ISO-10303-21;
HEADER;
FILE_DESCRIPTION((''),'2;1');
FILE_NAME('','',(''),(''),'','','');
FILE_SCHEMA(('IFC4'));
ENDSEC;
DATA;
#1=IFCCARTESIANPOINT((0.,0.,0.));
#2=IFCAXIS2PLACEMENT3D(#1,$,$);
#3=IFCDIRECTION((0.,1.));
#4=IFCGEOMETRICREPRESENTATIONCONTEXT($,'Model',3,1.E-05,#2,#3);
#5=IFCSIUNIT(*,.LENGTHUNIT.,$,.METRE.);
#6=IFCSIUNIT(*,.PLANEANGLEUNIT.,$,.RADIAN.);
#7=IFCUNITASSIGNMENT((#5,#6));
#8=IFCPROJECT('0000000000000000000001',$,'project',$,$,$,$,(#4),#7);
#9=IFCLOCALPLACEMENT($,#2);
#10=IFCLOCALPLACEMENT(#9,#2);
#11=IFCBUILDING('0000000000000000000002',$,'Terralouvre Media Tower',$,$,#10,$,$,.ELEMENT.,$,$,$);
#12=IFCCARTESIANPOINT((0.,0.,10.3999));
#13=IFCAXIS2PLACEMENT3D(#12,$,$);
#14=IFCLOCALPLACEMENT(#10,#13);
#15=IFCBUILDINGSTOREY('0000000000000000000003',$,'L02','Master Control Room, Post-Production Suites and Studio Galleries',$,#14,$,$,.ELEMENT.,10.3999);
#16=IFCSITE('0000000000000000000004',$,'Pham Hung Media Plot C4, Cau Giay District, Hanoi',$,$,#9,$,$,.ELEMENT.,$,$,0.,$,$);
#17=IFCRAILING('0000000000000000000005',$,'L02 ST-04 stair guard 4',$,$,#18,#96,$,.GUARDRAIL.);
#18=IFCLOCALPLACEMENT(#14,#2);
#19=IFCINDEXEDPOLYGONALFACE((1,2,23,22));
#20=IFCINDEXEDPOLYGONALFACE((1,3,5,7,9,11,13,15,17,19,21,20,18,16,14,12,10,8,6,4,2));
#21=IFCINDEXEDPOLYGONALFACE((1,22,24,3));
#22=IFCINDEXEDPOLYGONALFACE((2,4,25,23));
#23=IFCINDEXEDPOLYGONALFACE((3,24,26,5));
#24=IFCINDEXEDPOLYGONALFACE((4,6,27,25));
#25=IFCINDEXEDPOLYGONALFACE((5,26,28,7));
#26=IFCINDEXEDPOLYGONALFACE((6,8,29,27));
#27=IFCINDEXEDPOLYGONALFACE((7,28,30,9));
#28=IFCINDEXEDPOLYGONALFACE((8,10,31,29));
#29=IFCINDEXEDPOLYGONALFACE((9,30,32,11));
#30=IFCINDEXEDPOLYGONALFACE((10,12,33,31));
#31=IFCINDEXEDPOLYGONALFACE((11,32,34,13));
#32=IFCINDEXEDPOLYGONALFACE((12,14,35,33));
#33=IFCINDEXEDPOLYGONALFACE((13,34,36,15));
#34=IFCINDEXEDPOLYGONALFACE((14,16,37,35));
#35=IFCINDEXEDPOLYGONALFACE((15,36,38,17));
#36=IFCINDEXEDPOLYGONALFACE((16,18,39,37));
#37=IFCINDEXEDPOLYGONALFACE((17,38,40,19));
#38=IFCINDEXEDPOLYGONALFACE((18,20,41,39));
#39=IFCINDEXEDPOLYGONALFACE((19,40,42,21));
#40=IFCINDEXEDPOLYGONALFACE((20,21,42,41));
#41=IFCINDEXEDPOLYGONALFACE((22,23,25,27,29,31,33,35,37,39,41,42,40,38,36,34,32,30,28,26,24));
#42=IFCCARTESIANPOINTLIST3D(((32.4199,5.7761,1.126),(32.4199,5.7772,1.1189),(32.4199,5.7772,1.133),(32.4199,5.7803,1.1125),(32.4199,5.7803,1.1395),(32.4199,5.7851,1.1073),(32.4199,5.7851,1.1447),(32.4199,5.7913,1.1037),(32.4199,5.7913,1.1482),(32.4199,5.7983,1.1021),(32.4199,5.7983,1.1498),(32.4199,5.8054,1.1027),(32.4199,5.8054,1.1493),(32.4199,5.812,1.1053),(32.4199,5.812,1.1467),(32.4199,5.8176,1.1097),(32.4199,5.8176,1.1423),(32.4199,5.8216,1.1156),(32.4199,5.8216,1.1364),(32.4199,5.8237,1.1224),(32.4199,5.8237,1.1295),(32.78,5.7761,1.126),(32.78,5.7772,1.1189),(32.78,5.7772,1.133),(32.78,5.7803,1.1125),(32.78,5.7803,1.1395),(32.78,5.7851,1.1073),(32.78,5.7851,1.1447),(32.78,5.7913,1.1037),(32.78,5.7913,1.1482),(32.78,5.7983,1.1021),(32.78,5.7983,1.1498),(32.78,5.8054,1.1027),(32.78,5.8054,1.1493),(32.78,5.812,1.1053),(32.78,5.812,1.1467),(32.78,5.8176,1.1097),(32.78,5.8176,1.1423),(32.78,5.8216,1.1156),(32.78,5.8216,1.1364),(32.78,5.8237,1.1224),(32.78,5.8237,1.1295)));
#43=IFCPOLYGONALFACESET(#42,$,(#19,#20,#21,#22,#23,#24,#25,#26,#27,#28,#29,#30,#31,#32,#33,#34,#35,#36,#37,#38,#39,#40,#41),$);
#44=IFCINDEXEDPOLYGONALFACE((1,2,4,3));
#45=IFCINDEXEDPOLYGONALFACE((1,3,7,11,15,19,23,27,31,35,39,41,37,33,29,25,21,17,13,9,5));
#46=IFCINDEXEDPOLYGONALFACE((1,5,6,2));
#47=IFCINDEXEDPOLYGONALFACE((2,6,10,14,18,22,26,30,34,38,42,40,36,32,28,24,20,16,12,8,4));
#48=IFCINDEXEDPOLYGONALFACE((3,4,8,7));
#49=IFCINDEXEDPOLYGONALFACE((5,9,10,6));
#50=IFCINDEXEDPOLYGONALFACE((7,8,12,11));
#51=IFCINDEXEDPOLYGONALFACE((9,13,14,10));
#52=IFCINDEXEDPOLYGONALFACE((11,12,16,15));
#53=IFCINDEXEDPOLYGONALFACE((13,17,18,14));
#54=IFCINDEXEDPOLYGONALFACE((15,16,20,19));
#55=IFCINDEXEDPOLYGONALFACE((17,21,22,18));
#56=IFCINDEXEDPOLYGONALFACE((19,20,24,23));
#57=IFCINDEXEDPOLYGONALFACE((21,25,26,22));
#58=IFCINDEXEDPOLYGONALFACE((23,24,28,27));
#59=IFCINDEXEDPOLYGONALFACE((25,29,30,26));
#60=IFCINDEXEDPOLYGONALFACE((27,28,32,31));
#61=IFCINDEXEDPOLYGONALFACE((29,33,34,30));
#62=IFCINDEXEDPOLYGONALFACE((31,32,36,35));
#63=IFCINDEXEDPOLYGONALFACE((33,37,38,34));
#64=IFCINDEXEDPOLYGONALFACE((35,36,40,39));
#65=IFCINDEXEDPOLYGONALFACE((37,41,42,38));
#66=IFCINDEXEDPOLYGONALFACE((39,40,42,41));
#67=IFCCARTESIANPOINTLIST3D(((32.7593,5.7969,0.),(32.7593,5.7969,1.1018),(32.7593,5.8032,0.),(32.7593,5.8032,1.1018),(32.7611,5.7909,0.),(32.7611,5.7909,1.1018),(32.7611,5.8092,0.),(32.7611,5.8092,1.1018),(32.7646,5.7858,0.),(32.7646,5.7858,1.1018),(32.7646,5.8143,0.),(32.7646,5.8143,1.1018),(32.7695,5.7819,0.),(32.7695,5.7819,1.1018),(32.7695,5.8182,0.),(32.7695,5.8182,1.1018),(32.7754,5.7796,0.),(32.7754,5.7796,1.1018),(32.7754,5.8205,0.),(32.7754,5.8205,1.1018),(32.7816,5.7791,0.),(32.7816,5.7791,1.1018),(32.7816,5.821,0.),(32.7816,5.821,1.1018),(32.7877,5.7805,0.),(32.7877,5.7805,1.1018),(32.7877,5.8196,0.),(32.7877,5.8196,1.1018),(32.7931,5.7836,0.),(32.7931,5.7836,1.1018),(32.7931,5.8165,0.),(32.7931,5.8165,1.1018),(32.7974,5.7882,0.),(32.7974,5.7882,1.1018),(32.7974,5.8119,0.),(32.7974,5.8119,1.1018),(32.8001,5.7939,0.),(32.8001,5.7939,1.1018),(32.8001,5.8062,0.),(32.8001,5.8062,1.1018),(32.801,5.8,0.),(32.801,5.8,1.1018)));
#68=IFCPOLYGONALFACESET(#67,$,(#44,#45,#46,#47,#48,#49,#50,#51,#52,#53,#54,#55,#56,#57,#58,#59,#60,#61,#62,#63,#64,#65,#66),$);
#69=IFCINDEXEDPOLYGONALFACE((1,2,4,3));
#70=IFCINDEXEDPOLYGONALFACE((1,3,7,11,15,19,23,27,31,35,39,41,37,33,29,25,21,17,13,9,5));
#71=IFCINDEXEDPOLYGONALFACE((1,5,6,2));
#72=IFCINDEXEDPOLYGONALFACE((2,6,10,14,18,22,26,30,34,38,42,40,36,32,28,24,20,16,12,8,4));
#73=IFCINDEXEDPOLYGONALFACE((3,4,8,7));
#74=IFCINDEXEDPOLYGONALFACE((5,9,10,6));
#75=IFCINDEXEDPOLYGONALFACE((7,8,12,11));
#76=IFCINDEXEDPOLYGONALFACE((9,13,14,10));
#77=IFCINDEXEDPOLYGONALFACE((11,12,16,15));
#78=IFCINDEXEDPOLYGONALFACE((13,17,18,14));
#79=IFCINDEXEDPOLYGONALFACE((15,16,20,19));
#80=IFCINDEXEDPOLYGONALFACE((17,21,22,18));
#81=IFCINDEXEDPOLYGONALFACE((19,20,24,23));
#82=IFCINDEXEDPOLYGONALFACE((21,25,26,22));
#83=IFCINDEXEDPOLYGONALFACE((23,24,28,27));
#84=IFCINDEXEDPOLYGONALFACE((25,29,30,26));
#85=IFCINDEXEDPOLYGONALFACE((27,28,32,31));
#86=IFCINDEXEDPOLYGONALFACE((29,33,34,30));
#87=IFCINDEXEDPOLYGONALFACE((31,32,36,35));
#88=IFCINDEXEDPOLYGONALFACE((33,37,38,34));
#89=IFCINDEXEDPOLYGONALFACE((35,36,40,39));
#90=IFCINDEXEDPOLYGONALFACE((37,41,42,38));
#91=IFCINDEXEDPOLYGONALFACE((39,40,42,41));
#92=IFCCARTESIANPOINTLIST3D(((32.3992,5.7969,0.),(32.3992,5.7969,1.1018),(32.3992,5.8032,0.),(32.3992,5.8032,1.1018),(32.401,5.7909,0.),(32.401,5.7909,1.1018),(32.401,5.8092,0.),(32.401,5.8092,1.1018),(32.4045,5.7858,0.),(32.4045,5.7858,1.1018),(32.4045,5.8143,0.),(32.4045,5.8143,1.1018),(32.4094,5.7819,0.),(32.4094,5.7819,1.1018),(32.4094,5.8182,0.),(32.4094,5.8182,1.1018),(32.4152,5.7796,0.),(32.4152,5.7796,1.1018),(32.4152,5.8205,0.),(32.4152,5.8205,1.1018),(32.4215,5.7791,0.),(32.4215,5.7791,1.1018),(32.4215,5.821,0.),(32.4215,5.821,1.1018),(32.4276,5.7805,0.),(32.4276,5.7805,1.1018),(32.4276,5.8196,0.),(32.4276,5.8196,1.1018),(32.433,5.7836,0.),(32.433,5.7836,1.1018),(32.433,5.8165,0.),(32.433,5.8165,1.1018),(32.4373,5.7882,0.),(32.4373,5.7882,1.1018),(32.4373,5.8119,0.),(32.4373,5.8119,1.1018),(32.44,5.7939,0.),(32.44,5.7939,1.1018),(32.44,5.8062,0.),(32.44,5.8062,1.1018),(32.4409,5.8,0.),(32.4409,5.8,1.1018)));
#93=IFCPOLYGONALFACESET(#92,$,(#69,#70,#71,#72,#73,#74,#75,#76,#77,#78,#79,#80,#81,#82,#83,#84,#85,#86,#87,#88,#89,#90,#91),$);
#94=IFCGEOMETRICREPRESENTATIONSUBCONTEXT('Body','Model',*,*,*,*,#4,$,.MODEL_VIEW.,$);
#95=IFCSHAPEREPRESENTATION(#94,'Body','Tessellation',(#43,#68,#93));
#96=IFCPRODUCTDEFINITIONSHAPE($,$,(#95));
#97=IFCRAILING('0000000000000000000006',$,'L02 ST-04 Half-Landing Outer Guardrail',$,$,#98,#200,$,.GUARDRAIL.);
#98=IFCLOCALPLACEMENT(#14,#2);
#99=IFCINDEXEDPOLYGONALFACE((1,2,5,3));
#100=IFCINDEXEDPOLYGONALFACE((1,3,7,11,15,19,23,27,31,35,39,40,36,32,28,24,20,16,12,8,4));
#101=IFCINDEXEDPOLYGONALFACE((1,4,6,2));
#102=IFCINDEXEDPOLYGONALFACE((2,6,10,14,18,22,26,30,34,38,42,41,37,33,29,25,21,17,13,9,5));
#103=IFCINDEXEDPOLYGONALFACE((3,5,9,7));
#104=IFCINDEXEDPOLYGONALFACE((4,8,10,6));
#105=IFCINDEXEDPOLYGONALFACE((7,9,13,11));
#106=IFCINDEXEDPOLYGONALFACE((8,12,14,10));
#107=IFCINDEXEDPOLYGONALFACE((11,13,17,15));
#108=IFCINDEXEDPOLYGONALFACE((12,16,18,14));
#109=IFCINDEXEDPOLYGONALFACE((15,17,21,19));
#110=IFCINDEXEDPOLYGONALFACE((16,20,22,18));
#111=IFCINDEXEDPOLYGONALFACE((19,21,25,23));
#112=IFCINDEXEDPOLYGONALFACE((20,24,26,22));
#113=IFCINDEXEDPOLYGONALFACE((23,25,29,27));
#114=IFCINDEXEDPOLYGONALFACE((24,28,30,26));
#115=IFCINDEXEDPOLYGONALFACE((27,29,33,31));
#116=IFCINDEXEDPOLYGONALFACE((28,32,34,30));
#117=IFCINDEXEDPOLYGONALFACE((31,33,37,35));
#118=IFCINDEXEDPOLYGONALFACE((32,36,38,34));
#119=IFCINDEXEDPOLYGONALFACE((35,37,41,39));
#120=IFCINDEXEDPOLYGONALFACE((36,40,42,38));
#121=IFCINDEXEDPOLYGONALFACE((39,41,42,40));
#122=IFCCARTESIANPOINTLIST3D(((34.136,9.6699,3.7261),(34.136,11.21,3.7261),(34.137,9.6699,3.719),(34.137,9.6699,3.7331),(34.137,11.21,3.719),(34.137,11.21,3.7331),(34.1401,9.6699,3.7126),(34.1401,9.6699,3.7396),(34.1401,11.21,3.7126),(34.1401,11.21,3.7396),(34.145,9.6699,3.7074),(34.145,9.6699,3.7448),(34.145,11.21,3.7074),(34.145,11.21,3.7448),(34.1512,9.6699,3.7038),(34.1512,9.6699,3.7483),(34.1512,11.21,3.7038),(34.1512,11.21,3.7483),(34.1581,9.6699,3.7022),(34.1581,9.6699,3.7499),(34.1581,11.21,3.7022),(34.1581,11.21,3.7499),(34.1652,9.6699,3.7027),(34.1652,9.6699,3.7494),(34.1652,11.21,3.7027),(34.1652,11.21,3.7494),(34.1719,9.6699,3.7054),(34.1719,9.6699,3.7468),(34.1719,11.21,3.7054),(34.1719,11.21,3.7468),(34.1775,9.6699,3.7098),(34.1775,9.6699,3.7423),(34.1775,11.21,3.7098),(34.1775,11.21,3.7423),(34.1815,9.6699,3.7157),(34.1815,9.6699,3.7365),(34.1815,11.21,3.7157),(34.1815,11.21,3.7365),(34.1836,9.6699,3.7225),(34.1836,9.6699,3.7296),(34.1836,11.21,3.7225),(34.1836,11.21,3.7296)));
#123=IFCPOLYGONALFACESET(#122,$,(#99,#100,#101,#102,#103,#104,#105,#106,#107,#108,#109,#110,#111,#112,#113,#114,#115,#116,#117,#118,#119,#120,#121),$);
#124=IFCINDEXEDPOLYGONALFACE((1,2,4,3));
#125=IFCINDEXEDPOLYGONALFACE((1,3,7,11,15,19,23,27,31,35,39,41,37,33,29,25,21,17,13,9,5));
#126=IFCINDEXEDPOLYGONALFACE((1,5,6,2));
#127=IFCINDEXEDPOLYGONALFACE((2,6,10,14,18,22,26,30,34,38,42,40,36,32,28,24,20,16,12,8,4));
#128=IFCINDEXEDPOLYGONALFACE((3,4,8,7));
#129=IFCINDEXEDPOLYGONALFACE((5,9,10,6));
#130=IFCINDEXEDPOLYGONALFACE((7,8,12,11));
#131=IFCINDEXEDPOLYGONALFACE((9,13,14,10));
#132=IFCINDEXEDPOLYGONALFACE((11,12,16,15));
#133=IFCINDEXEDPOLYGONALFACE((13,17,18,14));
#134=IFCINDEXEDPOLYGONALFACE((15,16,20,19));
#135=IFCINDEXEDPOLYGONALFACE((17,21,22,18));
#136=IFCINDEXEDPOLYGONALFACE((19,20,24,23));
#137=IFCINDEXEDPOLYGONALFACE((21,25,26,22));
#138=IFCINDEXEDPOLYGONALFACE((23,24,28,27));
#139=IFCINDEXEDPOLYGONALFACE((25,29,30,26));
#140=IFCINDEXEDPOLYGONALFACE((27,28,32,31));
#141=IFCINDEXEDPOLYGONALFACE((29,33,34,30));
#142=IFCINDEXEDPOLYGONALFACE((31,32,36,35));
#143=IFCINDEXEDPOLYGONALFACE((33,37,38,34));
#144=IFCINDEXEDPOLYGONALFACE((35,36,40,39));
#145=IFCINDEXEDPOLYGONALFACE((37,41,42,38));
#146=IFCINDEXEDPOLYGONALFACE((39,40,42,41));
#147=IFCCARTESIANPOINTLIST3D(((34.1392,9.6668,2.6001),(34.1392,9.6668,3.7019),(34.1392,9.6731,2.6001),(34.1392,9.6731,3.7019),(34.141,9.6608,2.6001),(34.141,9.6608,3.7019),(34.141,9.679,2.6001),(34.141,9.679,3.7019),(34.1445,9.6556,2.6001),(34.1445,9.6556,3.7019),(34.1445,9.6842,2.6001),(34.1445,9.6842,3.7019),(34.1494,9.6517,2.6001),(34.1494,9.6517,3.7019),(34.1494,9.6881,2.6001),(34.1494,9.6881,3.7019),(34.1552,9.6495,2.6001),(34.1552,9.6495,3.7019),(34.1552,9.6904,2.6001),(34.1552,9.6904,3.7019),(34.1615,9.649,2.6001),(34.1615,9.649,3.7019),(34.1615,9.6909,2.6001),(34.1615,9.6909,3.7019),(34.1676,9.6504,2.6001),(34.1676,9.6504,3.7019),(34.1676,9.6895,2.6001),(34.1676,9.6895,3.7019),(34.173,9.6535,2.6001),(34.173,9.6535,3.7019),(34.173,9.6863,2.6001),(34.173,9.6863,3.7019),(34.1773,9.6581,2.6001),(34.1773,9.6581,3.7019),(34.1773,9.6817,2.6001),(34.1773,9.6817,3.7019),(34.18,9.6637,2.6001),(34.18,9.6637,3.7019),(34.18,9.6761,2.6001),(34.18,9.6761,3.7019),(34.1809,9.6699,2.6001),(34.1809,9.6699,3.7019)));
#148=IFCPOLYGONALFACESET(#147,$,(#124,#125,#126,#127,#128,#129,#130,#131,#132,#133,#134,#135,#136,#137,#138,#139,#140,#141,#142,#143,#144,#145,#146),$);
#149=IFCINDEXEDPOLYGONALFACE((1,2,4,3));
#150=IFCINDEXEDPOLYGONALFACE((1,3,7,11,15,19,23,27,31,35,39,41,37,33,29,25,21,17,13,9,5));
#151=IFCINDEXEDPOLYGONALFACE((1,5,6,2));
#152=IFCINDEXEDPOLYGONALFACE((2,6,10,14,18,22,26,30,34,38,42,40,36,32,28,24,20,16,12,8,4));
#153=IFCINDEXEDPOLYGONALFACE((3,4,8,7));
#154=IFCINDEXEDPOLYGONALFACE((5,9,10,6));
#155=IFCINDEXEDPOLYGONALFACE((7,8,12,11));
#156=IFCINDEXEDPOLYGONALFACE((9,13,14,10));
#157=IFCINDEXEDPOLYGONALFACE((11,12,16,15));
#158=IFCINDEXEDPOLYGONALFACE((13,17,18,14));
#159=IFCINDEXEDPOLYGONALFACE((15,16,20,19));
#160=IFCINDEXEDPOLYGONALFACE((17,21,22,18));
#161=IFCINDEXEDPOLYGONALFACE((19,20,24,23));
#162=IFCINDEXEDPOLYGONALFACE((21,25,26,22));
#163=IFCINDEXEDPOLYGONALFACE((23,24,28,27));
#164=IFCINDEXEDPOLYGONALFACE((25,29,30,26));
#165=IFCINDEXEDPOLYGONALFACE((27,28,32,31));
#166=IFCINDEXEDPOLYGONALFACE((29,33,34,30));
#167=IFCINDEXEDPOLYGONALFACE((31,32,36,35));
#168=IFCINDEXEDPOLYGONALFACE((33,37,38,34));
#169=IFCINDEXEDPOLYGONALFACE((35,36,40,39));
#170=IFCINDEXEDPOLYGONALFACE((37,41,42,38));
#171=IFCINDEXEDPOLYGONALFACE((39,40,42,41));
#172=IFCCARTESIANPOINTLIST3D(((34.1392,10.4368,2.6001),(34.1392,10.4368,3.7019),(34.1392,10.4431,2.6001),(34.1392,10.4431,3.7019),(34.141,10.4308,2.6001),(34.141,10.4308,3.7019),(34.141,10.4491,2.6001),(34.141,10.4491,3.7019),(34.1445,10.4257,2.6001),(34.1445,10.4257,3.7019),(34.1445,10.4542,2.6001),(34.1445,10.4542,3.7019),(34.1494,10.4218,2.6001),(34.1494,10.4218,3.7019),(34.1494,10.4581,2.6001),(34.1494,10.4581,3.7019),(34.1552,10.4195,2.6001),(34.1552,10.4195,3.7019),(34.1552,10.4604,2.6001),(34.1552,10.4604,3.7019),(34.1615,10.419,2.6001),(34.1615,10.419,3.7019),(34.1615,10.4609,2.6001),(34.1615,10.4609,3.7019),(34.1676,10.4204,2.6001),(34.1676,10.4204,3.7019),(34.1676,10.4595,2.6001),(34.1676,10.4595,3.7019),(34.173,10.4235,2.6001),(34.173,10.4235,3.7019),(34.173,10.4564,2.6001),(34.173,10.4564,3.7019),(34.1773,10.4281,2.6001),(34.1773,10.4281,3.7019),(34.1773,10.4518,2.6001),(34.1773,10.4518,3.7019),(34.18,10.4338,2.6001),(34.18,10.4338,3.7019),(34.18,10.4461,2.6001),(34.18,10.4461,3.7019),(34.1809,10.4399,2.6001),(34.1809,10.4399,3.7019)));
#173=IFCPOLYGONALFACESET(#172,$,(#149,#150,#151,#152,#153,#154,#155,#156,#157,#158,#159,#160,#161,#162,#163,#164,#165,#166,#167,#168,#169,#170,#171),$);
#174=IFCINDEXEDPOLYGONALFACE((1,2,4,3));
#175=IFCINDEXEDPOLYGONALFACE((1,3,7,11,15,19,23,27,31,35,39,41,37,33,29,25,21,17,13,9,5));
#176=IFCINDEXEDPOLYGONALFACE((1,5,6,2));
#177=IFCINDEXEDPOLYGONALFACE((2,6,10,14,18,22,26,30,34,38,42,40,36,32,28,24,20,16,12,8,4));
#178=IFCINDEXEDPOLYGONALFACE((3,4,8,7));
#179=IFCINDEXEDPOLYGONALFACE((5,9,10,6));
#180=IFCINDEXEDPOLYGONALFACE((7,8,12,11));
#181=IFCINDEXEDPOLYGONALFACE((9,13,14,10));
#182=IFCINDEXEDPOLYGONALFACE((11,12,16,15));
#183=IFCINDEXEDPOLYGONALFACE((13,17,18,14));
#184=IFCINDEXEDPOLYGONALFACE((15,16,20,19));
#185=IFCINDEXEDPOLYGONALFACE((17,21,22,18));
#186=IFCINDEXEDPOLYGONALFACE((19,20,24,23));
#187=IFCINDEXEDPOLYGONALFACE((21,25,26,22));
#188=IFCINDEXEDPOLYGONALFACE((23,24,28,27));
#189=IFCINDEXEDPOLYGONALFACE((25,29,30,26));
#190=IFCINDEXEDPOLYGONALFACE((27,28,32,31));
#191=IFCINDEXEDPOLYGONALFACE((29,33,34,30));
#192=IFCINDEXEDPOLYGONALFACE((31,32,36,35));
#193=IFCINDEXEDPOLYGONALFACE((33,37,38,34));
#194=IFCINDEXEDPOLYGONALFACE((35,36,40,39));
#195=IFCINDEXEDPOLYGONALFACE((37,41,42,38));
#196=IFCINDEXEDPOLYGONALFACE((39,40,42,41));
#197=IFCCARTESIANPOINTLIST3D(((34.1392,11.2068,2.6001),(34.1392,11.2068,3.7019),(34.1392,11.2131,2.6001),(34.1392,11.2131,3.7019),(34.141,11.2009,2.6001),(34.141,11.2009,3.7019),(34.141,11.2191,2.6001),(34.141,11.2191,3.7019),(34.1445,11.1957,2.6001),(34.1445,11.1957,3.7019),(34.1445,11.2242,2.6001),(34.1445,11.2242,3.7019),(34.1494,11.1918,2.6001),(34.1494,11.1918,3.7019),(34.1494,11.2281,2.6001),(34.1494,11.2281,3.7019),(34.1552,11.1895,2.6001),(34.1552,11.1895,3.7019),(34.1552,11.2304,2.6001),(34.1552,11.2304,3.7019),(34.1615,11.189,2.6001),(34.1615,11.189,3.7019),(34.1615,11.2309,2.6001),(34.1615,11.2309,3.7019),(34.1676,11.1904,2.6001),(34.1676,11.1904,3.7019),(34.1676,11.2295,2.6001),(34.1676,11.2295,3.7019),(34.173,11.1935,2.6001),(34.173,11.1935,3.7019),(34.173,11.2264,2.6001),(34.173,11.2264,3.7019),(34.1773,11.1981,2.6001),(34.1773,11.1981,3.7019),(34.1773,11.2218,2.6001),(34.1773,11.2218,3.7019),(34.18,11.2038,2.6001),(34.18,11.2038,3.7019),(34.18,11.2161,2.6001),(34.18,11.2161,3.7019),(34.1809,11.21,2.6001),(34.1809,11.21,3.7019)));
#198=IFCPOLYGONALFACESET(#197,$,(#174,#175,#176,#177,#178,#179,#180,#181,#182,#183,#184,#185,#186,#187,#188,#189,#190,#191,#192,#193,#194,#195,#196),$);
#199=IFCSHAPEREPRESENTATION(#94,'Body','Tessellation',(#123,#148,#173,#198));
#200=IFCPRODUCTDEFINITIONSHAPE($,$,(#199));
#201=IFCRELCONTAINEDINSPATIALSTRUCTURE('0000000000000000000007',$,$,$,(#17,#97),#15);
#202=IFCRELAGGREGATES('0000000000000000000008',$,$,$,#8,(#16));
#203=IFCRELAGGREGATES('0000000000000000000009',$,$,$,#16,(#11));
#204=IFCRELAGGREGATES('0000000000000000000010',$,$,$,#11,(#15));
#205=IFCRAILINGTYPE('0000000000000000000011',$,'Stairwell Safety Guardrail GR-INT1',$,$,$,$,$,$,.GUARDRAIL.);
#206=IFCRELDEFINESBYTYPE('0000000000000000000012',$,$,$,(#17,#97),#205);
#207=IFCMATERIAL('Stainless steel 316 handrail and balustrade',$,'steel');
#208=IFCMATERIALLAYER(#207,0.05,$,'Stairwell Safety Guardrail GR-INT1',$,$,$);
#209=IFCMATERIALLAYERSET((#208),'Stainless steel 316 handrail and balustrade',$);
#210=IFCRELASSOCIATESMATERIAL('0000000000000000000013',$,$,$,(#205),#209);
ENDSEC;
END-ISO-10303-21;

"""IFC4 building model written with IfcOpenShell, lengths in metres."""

from ifc_helpers import new_model, si_unit, direction, frame, origin, origin_2d, place, context, subcontext, project, spatial, circle, extrude, material, layer, layer_set, type_object, element, save


model = new_model("IFC4")

# Units and contexts
model_context = context("Model", 3, precision=1e-05, world=origin(), true_north=direction((0.0, 1.0)))
body_context = subcontext(model_context, "Body", "Model", "MODEL_VIEW")
ifc_project = project(units=[si_unit("LENGTHUNIT", "METRE"), si_unit("PLANEANGLEUNIT", "RADIAN")], contexts=[model_context])

# Site, building, storey
site_placement = place(None, origin())
site = spatial("IfcSite", under=ifc_project, at=site_placement, Name="Pham Hung Media Plot C4, Cau Giay District, Hanoi", CompositionType="ELEMENT", RefElevation=0.0)
building_placement = place(site_placement, origin())
building = spatial("IfcBuilding", under=site, at=building_placement, Name="Terralouvre Media Tower", CompositionType="ELEMENT")
storey_placement = place(building_placement, frame((0.0, 0.0, 10.3999)))
storey = spatial("IfcBuildingStorey", under=building, at=storey_placement, Name="L02", Description="Master Control Room, Post-Production Suites and Studio Galleries", CompositionType="ELEMENT", Elevation=10.3999)

# Railings
ifc_material_1 = material(Name="Stainless steel 316 handrail and balustrade", Category="steel")
ifc_layer_1 = layer(ifc_material_1, 0.05, Name="Stairwell Safety Guardrail GR-INT1")
ifc_layer_set_1 = layer_set([ifc_layer_1], Name="Stainless steel 316 handrail and balustrade")
railing_type_1 = type_object("IfcRailingType", Name="Stairwell Safety Guardrail GR-INT1", PredefinedType="GUARDRAIL", material=ifc_layer_set_1)
railing_1_placement = place(storey_placement, frame((32.78, 5.8, 0.0)))
element("IfcRailing", 1, at=railing_1_placement, inside=storey, type_object=railing_type_1, Name="L02 ST-04 stair guard 4", PredefinedType="GUARDRAIL", context=body_context, shape_type="SweptSolid", body=[
    extrude(circle(Radius=0.0239, at=origin_2d()), frame((0.0, 0.0, 1.126), z_axis=(-1.0, 0.0, 0.0), x_axis=(0.0, -1.0, 0.0)), (0.0, 0.0, 1.0), 0.3601),
    extrude(circle(Radius=0.021, at=origin_2d()), origin(), (0.0, 0.0, 1.0), 1.1018),
    extrude(circle(Radius=0.021, at=origin_2d()), frame((-0.3601, 0.0, 0.0)), (0.0, 0.0, 1.0), 1.1018),
])
railing_2_placement = place(storey_placement, frame((34.1599, 9.6699, 2.6001)))
element("IfcRailing", 2, at=railing_2_placement, inside=storey, type_object=railing_type_1, Name="L02 ST-04 Half-Landing Outer Guardrail", PredefinedType="GUARDRAIL", context=body_context, shape_type="SweptSolid", body=[
    extrude(circle(Radius=0.0239, at=origin_2d()), frame((0.0, 0.0, 1.126), z_axis=(0.0, 1.0, 0.0), x_axis=(-1.0, 0.0, 0.0)), (0.0, 0.0, 1.0), 1.54),
    extrude(circle(Radius=0.021, at=origin_2d()), origin(), (0.0, 0.0, 1.0), 1.1018),
    extrude(circle(Radius=0.021, at=origin_2d()), frame((0.0, 0.77, 0.0)), (0.0, 0.0, 1.0), 1.1018),
    extrude(circle(Radius=0.021, at=origin_2d()), frame((0.0, 1.54, 0.0)), (0.0, 0.0, 1.0), 1.1018),
])

save(model, "model.ifc")
